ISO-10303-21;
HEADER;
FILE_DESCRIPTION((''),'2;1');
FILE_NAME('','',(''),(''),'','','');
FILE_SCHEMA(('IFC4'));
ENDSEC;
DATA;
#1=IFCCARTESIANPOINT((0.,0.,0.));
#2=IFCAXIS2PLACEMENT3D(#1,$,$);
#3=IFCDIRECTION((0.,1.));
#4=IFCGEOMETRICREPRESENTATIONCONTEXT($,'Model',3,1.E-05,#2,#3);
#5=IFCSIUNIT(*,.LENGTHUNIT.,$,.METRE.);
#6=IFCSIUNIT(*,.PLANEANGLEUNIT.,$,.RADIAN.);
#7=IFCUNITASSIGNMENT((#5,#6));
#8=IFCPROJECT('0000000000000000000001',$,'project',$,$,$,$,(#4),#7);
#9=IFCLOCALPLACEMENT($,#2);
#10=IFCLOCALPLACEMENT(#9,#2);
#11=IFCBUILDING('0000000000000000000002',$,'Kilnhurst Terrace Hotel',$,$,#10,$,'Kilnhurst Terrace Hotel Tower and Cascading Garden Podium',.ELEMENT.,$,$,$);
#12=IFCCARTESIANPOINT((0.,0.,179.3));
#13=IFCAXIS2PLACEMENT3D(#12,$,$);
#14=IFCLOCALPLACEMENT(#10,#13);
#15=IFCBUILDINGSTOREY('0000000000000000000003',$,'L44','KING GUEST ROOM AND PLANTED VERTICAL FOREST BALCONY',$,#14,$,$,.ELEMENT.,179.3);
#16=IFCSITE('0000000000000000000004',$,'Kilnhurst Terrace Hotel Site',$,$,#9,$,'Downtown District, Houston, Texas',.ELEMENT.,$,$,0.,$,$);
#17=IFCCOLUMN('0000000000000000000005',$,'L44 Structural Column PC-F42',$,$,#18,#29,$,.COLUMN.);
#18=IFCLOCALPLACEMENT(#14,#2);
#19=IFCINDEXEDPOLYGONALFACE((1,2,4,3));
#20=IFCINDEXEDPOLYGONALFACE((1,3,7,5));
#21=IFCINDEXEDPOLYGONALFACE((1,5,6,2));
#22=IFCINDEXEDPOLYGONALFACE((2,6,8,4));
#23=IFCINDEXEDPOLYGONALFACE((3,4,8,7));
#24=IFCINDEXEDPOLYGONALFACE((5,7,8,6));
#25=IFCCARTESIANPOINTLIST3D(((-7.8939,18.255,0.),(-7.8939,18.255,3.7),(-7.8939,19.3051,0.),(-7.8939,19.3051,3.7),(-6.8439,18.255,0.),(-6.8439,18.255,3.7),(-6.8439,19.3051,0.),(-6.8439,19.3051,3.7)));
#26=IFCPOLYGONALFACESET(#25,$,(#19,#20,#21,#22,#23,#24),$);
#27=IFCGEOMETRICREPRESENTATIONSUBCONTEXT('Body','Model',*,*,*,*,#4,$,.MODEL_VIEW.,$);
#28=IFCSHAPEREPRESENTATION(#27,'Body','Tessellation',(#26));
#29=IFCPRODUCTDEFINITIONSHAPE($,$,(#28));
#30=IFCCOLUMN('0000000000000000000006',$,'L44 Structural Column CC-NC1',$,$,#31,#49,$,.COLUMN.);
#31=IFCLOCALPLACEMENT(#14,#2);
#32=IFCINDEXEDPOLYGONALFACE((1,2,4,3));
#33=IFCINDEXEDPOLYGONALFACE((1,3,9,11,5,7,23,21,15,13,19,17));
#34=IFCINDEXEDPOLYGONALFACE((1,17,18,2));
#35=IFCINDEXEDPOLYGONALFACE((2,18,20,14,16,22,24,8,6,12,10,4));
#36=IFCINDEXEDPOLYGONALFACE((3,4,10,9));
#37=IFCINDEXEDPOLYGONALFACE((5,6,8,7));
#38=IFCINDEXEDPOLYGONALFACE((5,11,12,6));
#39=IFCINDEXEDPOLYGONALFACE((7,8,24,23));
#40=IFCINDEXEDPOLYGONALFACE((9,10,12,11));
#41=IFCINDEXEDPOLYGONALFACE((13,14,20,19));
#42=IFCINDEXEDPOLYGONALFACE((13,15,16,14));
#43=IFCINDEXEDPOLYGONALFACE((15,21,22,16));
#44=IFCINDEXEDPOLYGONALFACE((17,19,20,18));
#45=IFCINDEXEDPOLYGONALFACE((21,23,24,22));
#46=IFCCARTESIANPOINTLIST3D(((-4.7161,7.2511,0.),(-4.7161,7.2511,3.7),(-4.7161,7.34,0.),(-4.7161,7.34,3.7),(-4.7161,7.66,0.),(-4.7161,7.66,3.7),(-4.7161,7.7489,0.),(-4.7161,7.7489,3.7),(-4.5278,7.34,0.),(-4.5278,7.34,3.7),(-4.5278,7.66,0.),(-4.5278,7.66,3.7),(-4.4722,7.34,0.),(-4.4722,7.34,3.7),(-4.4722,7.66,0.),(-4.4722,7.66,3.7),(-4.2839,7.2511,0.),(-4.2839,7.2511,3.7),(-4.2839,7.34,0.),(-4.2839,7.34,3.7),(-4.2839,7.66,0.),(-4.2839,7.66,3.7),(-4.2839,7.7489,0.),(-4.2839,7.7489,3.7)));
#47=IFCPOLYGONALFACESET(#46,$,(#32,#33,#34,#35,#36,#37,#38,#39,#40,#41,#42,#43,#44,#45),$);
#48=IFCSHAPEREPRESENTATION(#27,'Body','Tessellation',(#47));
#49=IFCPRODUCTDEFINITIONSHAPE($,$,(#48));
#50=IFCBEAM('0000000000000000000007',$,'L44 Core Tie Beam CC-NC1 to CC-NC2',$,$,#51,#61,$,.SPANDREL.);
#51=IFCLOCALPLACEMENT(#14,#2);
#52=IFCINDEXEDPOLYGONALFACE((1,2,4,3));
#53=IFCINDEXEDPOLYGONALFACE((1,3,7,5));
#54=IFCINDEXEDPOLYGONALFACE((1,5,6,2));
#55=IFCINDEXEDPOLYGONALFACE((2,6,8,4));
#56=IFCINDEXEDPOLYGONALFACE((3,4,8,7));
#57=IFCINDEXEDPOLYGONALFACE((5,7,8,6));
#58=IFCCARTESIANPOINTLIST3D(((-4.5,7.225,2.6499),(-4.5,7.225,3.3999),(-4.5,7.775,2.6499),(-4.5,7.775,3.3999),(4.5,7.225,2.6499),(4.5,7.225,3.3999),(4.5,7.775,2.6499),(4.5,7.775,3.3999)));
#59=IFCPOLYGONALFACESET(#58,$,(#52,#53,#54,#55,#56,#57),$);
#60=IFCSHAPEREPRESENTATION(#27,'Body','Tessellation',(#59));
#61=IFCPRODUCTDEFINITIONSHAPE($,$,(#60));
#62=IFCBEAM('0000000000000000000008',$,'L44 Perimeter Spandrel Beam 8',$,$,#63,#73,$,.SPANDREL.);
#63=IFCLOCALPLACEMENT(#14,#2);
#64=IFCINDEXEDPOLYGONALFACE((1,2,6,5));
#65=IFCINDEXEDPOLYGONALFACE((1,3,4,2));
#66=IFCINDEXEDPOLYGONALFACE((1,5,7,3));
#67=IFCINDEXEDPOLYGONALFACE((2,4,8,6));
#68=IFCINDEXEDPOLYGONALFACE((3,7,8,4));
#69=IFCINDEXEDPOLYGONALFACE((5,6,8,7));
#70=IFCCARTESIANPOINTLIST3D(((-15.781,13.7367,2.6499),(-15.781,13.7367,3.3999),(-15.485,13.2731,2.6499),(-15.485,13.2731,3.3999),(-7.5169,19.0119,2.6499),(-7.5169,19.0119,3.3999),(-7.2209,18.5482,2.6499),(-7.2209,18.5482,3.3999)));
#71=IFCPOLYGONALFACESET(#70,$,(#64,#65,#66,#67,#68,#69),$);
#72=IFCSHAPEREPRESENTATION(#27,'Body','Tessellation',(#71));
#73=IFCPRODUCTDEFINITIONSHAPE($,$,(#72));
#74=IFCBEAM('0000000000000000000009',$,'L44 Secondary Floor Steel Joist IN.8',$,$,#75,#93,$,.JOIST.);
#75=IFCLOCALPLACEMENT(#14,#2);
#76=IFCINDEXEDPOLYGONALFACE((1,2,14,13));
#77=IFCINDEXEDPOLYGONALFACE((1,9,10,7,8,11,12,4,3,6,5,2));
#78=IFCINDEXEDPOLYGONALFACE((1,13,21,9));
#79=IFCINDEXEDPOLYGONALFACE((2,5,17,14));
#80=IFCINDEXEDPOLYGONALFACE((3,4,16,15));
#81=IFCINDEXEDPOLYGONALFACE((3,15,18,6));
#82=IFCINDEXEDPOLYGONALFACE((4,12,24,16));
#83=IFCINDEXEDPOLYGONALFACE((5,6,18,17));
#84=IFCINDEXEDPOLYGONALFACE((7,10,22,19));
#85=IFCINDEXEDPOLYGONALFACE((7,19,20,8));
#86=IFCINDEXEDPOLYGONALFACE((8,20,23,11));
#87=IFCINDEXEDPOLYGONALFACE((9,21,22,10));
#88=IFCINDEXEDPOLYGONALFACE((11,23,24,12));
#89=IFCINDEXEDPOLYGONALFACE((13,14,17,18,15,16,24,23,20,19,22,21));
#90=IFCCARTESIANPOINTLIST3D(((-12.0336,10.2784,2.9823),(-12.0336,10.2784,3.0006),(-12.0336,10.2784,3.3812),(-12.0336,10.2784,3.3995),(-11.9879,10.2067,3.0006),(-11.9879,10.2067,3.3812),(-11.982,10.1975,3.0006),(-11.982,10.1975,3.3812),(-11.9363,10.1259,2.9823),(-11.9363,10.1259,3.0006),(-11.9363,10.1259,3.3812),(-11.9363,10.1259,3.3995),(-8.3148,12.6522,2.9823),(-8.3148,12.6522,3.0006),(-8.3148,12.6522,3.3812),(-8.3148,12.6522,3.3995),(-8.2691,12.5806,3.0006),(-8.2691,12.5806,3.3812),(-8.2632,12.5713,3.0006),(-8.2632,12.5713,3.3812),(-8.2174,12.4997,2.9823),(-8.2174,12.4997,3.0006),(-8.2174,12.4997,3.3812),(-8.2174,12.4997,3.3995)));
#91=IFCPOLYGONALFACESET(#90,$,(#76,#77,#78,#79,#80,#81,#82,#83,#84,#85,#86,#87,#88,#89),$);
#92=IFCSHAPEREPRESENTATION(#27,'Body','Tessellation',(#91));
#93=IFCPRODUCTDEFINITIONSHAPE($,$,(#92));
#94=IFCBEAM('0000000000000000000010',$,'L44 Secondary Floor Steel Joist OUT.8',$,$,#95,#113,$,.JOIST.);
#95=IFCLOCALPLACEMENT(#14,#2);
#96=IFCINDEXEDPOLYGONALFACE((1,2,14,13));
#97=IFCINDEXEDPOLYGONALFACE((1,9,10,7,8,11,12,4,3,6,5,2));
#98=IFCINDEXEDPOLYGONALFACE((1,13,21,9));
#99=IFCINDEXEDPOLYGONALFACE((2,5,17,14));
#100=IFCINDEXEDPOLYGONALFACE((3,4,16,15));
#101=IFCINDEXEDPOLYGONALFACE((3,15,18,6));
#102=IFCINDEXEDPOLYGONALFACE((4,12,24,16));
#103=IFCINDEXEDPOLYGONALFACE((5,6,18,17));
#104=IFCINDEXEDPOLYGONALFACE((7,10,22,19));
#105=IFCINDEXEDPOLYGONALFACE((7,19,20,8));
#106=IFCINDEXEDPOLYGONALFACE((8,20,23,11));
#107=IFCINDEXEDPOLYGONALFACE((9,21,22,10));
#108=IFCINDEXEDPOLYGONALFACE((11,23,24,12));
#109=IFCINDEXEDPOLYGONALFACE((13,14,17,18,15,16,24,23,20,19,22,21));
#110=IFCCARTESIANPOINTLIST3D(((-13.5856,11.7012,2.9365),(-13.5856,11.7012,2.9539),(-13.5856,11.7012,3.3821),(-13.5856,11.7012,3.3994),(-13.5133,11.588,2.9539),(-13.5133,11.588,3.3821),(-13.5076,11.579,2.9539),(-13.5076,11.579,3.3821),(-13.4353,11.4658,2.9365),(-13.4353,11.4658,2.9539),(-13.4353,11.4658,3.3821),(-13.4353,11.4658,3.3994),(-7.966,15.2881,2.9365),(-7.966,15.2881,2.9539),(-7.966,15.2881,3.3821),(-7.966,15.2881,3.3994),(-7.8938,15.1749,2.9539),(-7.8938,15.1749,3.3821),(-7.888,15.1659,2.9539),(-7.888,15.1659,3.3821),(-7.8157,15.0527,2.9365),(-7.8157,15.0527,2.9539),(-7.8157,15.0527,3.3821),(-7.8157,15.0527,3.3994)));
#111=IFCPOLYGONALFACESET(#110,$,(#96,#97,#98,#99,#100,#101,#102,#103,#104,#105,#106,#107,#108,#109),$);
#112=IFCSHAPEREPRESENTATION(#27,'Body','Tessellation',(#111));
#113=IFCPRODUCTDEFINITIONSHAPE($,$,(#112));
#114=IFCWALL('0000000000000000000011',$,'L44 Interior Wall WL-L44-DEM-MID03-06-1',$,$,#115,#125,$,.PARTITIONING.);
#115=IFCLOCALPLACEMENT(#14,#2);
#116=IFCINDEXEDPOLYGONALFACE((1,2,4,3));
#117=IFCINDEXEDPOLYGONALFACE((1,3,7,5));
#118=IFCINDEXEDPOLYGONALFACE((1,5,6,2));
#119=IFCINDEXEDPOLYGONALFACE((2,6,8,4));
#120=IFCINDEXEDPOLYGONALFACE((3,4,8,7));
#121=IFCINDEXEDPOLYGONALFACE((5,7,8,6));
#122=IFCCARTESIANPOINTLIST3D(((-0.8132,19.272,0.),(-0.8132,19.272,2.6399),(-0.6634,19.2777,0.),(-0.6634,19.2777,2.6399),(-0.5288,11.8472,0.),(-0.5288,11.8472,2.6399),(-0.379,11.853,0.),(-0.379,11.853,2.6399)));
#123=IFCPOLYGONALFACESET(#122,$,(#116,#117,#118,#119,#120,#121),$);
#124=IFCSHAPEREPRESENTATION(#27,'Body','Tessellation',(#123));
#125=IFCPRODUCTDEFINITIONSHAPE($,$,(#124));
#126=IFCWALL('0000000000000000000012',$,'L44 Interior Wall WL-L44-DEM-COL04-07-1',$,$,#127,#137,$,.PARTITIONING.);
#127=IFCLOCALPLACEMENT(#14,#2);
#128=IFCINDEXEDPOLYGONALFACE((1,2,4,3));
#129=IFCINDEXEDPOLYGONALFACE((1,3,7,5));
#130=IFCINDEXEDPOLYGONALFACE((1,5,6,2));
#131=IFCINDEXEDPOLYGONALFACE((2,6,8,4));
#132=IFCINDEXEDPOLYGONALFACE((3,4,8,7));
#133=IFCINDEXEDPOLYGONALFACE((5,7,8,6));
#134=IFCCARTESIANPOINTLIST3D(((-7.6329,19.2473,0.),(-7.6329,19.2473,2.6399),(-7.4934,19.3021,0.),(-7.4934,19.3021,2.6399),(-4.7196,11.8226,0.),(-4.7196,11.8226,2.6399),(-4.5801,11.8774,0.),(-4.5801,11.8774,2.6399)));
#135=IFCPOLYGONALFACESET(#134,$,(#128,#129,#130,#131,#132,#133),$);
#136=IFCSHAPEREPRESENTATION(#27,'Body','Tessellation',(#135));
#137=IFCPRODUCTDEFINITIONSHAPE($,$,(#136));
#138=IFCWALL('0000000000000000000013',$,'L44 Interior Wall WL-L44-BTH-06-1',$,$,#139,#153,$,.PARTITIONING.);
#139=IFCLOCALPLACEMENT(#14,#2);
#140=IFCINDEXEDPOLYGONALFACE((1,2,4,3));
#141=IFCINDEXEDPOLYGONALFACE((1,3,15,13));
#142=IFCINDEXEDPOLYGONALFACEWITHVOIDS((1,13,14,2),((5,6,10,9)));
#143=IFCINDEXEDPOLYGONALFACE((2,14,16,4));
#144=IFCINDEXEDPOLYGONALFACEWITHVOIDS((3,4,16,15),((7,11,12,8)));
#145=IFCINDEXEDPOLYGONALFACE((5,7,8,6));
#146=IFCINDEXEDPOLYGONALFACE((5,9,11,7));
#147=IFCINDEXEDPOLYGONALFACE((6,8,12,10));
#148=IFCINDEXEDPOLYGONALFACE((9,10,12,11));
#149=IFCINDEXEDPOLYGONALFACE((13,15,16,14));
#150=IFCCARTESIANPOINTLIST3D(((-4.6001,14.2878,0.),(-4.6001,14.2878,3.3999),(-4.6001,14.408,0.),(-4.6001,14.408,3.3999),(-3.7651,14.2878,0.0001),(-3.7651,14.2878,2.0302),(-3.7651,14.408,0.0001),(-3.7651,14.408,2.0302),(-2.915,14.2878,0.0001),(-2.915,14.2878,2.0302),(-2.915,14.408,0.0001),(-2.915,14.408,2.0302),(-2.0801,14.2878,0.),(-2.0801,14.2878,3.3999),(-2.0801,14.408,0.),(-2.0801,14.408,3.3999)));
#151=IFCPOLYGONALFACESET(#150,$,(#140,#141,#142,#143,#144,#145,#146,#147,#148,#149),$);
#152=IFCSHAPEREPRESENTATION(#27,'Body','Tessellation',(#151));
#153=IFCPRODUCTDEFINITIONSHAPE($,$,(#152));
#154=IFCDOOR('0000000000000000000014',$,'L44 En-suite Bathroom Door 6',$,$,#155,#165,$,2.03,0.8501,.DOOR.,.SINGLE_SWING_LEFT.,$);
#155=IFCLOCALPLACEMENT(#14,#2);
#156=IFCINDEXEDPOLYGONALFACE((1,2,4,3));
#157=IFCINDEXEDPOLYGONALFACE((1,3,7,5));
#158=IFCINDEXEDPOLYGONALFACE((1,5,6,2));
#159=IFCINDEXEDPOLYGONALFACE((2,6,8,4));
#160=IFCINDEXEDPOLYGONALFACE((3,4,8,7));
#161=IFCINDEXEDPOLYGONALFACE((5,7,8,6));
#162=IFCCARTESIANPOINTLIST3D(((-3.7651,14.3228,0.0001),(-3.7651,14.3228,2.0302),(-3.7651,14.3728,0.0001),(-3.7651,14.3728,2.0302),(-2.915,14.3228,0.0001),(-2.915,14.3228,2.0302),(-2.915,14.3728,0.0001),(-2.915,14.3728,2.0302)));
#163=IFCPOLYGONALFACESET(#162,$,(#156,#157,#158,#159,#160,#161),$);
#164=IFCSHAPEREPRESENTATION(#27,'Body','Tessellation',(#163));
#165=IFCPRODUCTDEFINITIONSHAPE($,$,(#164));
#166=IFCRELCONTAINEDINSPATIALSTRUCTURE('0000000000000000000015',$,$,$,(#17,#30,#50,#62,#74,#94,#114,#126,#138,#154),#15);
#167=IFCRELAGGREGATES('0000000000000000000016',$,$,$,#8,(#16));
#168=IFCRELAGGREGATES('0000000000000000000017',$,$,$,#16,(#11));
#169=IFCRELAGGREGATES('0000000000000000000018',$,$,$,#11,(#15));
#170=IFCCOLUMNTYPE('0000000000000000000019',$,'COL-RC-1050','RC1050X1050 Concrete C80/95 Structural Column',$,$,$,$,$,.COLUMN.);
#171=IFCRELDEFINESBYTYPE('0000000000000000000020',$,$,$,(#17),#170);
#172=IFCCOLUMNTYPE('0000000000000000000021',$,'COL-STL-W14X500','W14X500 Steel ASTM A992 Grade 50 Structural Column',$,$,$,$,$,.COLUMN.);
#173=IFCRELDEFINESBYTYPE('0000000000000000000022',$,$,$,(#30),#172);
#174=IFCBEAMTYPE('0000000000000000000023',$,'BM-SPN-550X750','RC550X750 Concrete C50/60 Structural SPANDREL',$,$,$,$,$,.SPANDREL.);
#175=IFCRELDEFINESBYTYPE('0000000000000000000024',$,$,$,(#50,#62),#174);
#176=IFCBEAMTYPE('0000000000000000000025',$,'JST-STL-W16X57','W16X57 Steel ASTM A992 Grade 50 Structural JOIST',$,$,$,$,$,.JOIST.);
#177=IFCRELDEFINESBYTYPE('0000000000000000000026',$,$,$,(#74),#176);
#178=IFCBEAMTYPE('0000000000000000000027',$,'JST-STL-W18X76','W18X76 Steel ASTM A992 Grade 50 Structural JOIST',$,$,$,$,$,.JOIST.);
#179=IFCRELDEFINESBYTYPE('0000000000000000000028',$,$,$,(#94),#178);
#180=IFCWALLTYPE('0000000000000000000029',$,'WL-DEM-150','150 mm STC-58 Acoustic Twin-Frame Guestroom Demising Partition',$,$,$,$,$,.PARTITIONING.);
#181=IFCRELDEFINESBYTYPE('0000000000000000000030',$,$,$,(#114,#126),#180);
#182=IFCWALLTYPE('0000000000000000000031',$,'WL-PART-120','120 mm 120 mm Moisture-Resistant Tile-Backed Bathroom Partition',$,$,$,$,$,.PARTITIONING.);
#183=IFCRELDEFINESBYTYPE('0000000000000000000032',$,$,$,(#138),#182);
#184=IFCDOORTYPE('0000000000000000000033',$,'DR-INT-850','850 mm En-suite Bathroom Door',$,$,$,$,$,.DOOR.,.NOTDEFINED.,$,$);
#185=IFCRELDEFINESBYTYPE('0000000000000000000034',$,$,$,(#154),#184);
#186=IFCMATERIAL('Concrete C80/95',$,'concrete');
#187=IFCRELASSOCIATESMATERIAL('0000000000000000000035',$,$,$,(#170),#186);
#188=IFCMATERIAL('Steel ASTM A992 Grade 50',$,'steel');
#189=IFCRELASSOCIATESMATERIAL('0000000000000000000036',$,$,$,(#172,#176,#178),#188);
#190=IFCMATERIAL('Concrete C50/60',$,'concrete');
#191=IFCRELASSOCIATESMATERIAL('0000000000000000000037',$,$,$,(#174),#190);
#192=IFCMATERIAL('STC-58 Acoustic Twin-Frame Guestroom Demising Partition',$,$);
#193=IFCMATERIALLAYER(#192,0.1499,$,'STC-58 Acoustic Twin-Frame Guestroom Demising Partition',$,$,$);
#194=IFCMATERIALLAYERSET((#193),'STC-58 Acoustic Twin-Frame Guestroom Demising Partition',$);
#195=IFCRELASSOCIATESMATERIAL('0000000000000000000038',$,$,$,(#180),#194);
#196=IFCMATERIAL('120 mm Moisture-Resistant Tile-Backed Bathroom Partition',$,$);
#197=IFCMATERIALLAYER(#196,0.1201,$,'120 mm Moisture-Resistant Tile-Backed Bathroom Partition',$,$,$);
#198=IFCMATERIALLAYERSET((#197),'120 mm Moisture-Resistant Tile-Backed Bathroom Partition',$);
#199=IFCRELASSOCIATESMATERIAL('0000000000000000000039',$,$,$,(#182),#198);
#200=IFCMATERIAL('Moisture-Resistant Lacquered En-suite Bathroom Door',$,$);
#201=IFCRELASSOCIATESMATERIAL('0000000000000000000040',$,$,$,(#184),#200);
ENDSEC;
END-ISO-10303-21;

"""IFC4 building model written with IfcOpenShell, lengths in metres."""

from ifc_helpers import new_model, si_unit, direction, frame, frame_2d, origin, origin_2d, place, context, subcontext, project, spatial, rectangle, i_section, extrude, material, layer, layer_set, material_profile, profile_set, type_object, element, fill, save


model = new_model("IFC4")

# Units and contexts
model_context = context("Model", 3, precision=1e-05, world=origin(), true_north=direction((0.0, 1.0)))
body_context = subcontext(model_context, "Body", "Model", "MODEL_VIEW")
ifc_project = project(units=[si_unit("LENGTHUNIT", "METRE"), si_unit("PLANEANGLEUNIT", "RADIAN")], contexts=[model_context])

# Site, building, storey
site_placement = place(None, origin())
site = spatial("IfcSite", under=ifc_project, at=site_placement, Name="Kilnhurst Terrace Hotel Site", LongName="Downtown District, Houston, Texas", CompositionType="ELEMENT", RefElevation=0.0)
building_placement = place(site_placement, origin())
building = spatial("IfcBuilding", under=site, at=building_placement, Name="Kilnhurst Terrace Hotel", LongName="Kilnhurst Terrace Hotel Tower and Cascading Garden Podium", CompositionType="ELEMENT")
storey_placement = place(building_placement, frame((0.0, 0.0, 179.3)))
storey = spatial("IfcBuildingStorey", under=building, at=storey_placement, Name="L44", Description="KING GUEST ROOM AND PLANTED VERTICAL FOREST BALCONY", CompositionType="ELEMENT", Elevation=179.3)

# Columns
ifc_material_1 = material(Name="Concrete C80/95", Category="concrete")
ifc_material_profile_1 = material_profile(ifc_material_1, rectangle(XDim=1.05, YDim=1.05, at=origin_2d()), Name="RC1050X1050")
ifc_profile_set_1 = profile_set([ifc_material_profile_1], Name="Concrete C80/95")
column_type_1 = type_object("IfcColumnType", Name="COL-RC-1050", Description="RC1050X1050 Concrete C80/95 Structural Column", PredefinedType="COLUMN", material=ifc_profile_set_1)
column_1_placement = place(storey_placement, frame((-7.3689, 18.78, 0.0), z_axis=(0.0, 0.0, 1.0), x_axis=(1.0, 0.0, 0.0)))
element("IfcColumn", 1, at=column_1_placement, inside=storey, type_object=column_type_1, Name="L44 Structural Column PC-F42", PredefinedType="COLUMN", context=body_context, shape_type="SweptSolid", body=[
    extrude(rectangle(XDim=1.05, YDim=1.05, at=origin_2d()), origin(), (0.0, 0.0, 1.0), 3.7),
])
ifc_material_2 = material(Name="Steel ASTM A992 Grade 50", Category="steel")
ifc_material_profile_2 = material_profile(ifc_material_2, i_section(OverallWidth=0.4321, OverallDepth=0.4978, WebThickness=0.0557, FlangeThickness=0.0889, at=origin_2d()), Name="W14X500")
ifc_profile_set_2 = profile_set([ifc_material_profile_2], Name="Steel ASTM A992 Grade 50")
column_type_2 = type_object("IfcColumnType", Name="COL-STL-W14X500", Description="W14X500 Steel ASTM A992 Grade 50 Structural Column", PredefinedType="COLUMN", material=ifc_profile_set_2)
column_2_placement = place(storey_placement, frame((-4.5, 7.5, 0.0), z_axis=(0.0, 0.0, 1.0), x_axis=(1.0, 0.0, 0.0)))
element("IfcColumn", 2, at=column_2_placement, inside=storey, type_object=column_type_2, Name="L44 Structural Column CC-NC1", PredefinedType="COLUMN", context=body_context, shape_type="SweptSolid", body=[
    extrude(i_section(OverallWidth=0.4321, OverallDepth=0.4978, WebThickness=0.0557, FlangeThickness=0.0889, at=origin_2d()), origin(), (0.0, 0.0, 1.0), 3.7),
])

# Beams
ifc_material_3 = material(Name="Concrete C50/60", Category="concrete")
ifc_material_profile_3 = material_profile(ifc_material_3, rectangle(XDim=0.55, YDim=0.75, at=origin_2d()), Name="RC550X750")
ifc_profile_set_3 = profile_set([ifc_material_profile_3], Name="Concrete C50/60")
beam_type_1 = type_object("IfcBeamType", Name="BM-SPN-550X750", Description="RC550X750 Concrete C50/60 Structural SPANDREL", PredefinedType="SPANDREL", material=ifc_profile_set_3)
beam_1_placement = place(storey_placement, frame((-4.5, 7.5, 3.0249), z_axis=(1.0, 0.0, 0.0), x_axis=(0.0, 1.0, 0.0)))
element("IfcBeam", 3, at=beam_1_placement, inside=storey, type_object=beam_type_1, Name="L44 Core Tie Beam CC-NC1 to CC-NC2", PredefinedType="SPANDREL", context=body_context, shape_type="SweptSolid", body=[
    extrude(rectangle(XDim=0.55, YDim=0.75, at=origin_2d()), origin(), (0.0, 0.0, 1.0), 9.0),
])
beam_2_placement = place(storey_placement, frame((-7.3689, 18.78, 3.0249), z_axis=(-0.842915, -0.538046, 0.0), x_axis=(0.538046, -0.842915, 0.0)))
element("IfcBeam", 4, at=beam_2_placement, inside=storey, type_object=beam_type_1, Name="L44 Perimeter Spandrel Beam 8", PredefinedType="SPANDREL", context=body_context, shape_type="SweptSolid", body=[
    extrude(rectangle(XDim=0.55, YDim=0.75, at=origin_2d()), origin(), (0.0, 0.0, 1.0), 9.8042),
])
ifc_material_profile_4 = material_profile(ifc_material_2, i_section(OverallWidth=0.1809, OverallDepth=0.4172, WebThickness=0.011, FlangeThickness=0.0183, at=origin_2d()), Name="W16X57")
ifc_profile_set_4 = profile_set([ifc_material_profile_4], Name="Steel ASTM A992 Grade 50")
beam_type_2 = type_object("IfcBeamType", Name="JST-STL-W16X57", Description="W16X57 Steel ASTM A992 Grade 50 Structural JOIST", PredefinedType="JOIST", material=ifc_profile_set_4)
beam_3_placement = place(storey_placement, frame((-8.2661, 12.5759, 3.1909), z_axis=(-0.842911, -0.538053, 0.0), x_axis=(0.538053, -0.842911, 0.0)))
element("IfcBeam", 5, at=beam_3_placement, inside=storey, type_object=beam_type_2, Name="L44 Secondary Floor Steel Joist IN.8", PredefinedType="JOIST", context=body_context, shape_type="SweptSolid", body=[
    extrude(i_section(OverallWidth=0.1809, OverallDepth=0.4172, WebThickness=0.011, FlangeThickness=0.0183, at=origin_2d()), origin(), (0.0, 0.0, 1.0), 4.4119),
])
ifc_material_profile_5 = material_profile(ifc_material_2, i_section(OverallWidth=0.2793, OverallDepth=0.4629, WebThickness=0.0107, FlangeThickness=0.0173, at=origin_2d()), Name="W18X76")
ifc_profile_set_5 = profile_set([ifc_material_profile_5], Name="Steel ASTM A992 Grade 50")
beam_type_3 = type_object("IfcBeamType", Name="JST-STL-W18X76", Description="W18X76 Steel ASTM A992 Grade 50 Structural JOIST", PredefinedType="JOIST", material=ifc_profile_set_5)
beam_4_placement = place(storey_placement, frame((-7.8909, 15.1704, 3.168), z_axis=(-0.842928, -0.538027, 0.0), x_axis=(0.538027, -0.842928, 0.0)))
element("IfcBeam", 6, at=beam_4_placement, inside=storey, type_object=beam_type_3, Name="L44 Secondary Floor Steel Joist OUT.8", PredefinedType="JOIST", context=body_context, shape_type="SweptSolid", body=[
    extrude(i_section(OverallWidth=0.2793, OverallDepth=0.4629, WebThickness=0.0107, FlangeThickness=0.0173, at=origin_2d()), origin(), (0.0, 0.0, 1.0), 6.6667),
])

# Walls
ifc_material_4 = material(Name="STC-58 Acoustic Twin-Frame Guestroom Demising Partition")
ifc_layer_1 = layer(ifc_material_4, 0.1499, Name="STC-58 Acoustic Twin-Frame Guestroom Demising Partition")
ifc_layer_set_1 = layer_set([ifc_layer_1], Name="STC-58 Acoustic Twin-Frame Guestroom Demising Partition")
wall_type_1 = type_object("IfcWallType", Name="WL-DEM-150", Description="150 mm STC-58 Acoustic Twin-Frame Guestroom Demising Partition", PredefinedType="PARTITIONING", material=ifc_layer_set_1)
wall_1_placement = place(storey_placement, frame((-0.4539, 11.8501, 0.0), z_axis=(0.0, 0.0, 1.0), x_axis=(-0.038279, 0.999267, 0.0)))
element("IfcWall", 7, at=wall_1_placement, inside=storey, type_object=wall_type_1, Name="L44 Interior Wall WL-L44-DEM-MID03-06-1", PredefinedType="PARTITIONING", context=body_context, shape_type="SweptSolid", body=[
    extrude(rectangle(XDim=7.4302, YDim=0.1499, at=frame_2d((3.7151, 0.0))), origin(), (0.0, 0.0, 1.0), 2.6399),
])
wall_2_placement = place(storey_placement, frame((-4.6499, 11.8501, 0.0), z_axis=(0.0, 0.0, 1.0), x_axis=(-0.365266, 0.930903, 0.0)))
element("IfcWall", 8, at=wall_2_placement, inside=storey, type_object=wall_type_1, Name="L44 Interior Wall WL-L44-DEM-COL04-07-1", PredefinedType="PARTITIONING", context=body_context, shape_type="SweptSolid", body=[
    extrude(rectangle(XDim=7.9758, YDim=0.1499, at=frame_2d((3.9878, 0.0))), origin(), (0.0, 0.0, 1.0), 2.6399),
])

# Wall, opening, door
ifc_material_5 = material(Name="120 mm Moisture-Resistant Tile-Backed Bathroom Partition")
ifc_layer_2 = layer(ifc_material_5, 0.1201, Name="120 mm Moisture-Resistant Tile-Backed Bathroom Partition")
ifc_layer_set_2 = layer_set([ifc_layer_2], Name="120 mm Moisture-Resistant Tile-Backed Bathroom Partition")
wall_type_2 = type_object("IfcWallType", Name="WL-PART-120", Description="120 mm 120 mm Moisture-Resistant Tile-Backed Bathroom Partition", PredefinedType="PARTITIONING", material=ifc_layer_set_2)
wall_3_placement = place(storey_placement, frame((-4.6001, 14.3479, 0.0), z_axis=(0.0, 0.0, 1.0), x_axis=(1.0, 0.0, 0.0)))
wall_3 = element("IfcWall", 9, at=wall_3_placement, inside=storey, type_object=wall_type_2, Name="L44 Interior Wall WL-L44-BTH-06-1", PredefinedType="PARTITIONING", context=body_context, shape_type="SweptSolid", body=[
    extrude(rectangle(XDim=2.52, YDim=0.1201, at=frame_2d((1.26, 0.0))), origin(), (0.0, 0.0, 1.0), 3.3999),
])
opening_1_placement = place(wall_3_placement, frame((0.835, 0.0, 0.0)))
opening_1 = element("IfcOpeningElement", 10, at=opening_1_placement, cuts=wall_3, PredefinedType="OPENING", context=body_context, shape_type="SweptSolid", body=[
    extrude(rectangle(XDim=0.8501, YDim=2.03, at=frame_2d((0.425, 1.0151))), frame((0.0, 0.0701, 0.0), z_axis=(0.0, -1.0, 0.0), x_axis=(1.0, 0.0, 0.0)), (0.0, 0.0, 1.0), 0.1401),
])
ifc_material_6 = material(Name="Moisture-Resistant Lacquered En-suite Bathroom Door")
door_type_1 = type_object("IfcDoorType", Name="DR-INT-850", Description="850 mm En-suite Bathroom Door", OperationType="NOTDEFINED", PredefinedType="DOOR", material=ifc_material_6)
door_1_placement = place(opening_1_placement, origin())
door_1 = element("IfcDoor", 11, at=door_1_placement, inside=storey, type_object=door_type_1, Name="L44 En-suite Bathroom Door 6", OperationType="SINGLE_SWING_LEFT", OverallHeight=2.03, OverallWidth=0.8501, PredefinedType="DOOR", context=body_context, shape_type="SweptSolid", body=[
    extrude(rectangle(XDim=0.8501, YDim=2.03, at=frame_2d((0.425, 1.0151))), frame((0.0, 0.0249, 0.0), z_axis=(0.0, -1.0, 0.0), x_axis=(1.0, 0.0, 0.0)), (0.0, 0.0, 1.0), 0.05),
])
fill(opening_1, door_1)

save(model, "model.ifc")
